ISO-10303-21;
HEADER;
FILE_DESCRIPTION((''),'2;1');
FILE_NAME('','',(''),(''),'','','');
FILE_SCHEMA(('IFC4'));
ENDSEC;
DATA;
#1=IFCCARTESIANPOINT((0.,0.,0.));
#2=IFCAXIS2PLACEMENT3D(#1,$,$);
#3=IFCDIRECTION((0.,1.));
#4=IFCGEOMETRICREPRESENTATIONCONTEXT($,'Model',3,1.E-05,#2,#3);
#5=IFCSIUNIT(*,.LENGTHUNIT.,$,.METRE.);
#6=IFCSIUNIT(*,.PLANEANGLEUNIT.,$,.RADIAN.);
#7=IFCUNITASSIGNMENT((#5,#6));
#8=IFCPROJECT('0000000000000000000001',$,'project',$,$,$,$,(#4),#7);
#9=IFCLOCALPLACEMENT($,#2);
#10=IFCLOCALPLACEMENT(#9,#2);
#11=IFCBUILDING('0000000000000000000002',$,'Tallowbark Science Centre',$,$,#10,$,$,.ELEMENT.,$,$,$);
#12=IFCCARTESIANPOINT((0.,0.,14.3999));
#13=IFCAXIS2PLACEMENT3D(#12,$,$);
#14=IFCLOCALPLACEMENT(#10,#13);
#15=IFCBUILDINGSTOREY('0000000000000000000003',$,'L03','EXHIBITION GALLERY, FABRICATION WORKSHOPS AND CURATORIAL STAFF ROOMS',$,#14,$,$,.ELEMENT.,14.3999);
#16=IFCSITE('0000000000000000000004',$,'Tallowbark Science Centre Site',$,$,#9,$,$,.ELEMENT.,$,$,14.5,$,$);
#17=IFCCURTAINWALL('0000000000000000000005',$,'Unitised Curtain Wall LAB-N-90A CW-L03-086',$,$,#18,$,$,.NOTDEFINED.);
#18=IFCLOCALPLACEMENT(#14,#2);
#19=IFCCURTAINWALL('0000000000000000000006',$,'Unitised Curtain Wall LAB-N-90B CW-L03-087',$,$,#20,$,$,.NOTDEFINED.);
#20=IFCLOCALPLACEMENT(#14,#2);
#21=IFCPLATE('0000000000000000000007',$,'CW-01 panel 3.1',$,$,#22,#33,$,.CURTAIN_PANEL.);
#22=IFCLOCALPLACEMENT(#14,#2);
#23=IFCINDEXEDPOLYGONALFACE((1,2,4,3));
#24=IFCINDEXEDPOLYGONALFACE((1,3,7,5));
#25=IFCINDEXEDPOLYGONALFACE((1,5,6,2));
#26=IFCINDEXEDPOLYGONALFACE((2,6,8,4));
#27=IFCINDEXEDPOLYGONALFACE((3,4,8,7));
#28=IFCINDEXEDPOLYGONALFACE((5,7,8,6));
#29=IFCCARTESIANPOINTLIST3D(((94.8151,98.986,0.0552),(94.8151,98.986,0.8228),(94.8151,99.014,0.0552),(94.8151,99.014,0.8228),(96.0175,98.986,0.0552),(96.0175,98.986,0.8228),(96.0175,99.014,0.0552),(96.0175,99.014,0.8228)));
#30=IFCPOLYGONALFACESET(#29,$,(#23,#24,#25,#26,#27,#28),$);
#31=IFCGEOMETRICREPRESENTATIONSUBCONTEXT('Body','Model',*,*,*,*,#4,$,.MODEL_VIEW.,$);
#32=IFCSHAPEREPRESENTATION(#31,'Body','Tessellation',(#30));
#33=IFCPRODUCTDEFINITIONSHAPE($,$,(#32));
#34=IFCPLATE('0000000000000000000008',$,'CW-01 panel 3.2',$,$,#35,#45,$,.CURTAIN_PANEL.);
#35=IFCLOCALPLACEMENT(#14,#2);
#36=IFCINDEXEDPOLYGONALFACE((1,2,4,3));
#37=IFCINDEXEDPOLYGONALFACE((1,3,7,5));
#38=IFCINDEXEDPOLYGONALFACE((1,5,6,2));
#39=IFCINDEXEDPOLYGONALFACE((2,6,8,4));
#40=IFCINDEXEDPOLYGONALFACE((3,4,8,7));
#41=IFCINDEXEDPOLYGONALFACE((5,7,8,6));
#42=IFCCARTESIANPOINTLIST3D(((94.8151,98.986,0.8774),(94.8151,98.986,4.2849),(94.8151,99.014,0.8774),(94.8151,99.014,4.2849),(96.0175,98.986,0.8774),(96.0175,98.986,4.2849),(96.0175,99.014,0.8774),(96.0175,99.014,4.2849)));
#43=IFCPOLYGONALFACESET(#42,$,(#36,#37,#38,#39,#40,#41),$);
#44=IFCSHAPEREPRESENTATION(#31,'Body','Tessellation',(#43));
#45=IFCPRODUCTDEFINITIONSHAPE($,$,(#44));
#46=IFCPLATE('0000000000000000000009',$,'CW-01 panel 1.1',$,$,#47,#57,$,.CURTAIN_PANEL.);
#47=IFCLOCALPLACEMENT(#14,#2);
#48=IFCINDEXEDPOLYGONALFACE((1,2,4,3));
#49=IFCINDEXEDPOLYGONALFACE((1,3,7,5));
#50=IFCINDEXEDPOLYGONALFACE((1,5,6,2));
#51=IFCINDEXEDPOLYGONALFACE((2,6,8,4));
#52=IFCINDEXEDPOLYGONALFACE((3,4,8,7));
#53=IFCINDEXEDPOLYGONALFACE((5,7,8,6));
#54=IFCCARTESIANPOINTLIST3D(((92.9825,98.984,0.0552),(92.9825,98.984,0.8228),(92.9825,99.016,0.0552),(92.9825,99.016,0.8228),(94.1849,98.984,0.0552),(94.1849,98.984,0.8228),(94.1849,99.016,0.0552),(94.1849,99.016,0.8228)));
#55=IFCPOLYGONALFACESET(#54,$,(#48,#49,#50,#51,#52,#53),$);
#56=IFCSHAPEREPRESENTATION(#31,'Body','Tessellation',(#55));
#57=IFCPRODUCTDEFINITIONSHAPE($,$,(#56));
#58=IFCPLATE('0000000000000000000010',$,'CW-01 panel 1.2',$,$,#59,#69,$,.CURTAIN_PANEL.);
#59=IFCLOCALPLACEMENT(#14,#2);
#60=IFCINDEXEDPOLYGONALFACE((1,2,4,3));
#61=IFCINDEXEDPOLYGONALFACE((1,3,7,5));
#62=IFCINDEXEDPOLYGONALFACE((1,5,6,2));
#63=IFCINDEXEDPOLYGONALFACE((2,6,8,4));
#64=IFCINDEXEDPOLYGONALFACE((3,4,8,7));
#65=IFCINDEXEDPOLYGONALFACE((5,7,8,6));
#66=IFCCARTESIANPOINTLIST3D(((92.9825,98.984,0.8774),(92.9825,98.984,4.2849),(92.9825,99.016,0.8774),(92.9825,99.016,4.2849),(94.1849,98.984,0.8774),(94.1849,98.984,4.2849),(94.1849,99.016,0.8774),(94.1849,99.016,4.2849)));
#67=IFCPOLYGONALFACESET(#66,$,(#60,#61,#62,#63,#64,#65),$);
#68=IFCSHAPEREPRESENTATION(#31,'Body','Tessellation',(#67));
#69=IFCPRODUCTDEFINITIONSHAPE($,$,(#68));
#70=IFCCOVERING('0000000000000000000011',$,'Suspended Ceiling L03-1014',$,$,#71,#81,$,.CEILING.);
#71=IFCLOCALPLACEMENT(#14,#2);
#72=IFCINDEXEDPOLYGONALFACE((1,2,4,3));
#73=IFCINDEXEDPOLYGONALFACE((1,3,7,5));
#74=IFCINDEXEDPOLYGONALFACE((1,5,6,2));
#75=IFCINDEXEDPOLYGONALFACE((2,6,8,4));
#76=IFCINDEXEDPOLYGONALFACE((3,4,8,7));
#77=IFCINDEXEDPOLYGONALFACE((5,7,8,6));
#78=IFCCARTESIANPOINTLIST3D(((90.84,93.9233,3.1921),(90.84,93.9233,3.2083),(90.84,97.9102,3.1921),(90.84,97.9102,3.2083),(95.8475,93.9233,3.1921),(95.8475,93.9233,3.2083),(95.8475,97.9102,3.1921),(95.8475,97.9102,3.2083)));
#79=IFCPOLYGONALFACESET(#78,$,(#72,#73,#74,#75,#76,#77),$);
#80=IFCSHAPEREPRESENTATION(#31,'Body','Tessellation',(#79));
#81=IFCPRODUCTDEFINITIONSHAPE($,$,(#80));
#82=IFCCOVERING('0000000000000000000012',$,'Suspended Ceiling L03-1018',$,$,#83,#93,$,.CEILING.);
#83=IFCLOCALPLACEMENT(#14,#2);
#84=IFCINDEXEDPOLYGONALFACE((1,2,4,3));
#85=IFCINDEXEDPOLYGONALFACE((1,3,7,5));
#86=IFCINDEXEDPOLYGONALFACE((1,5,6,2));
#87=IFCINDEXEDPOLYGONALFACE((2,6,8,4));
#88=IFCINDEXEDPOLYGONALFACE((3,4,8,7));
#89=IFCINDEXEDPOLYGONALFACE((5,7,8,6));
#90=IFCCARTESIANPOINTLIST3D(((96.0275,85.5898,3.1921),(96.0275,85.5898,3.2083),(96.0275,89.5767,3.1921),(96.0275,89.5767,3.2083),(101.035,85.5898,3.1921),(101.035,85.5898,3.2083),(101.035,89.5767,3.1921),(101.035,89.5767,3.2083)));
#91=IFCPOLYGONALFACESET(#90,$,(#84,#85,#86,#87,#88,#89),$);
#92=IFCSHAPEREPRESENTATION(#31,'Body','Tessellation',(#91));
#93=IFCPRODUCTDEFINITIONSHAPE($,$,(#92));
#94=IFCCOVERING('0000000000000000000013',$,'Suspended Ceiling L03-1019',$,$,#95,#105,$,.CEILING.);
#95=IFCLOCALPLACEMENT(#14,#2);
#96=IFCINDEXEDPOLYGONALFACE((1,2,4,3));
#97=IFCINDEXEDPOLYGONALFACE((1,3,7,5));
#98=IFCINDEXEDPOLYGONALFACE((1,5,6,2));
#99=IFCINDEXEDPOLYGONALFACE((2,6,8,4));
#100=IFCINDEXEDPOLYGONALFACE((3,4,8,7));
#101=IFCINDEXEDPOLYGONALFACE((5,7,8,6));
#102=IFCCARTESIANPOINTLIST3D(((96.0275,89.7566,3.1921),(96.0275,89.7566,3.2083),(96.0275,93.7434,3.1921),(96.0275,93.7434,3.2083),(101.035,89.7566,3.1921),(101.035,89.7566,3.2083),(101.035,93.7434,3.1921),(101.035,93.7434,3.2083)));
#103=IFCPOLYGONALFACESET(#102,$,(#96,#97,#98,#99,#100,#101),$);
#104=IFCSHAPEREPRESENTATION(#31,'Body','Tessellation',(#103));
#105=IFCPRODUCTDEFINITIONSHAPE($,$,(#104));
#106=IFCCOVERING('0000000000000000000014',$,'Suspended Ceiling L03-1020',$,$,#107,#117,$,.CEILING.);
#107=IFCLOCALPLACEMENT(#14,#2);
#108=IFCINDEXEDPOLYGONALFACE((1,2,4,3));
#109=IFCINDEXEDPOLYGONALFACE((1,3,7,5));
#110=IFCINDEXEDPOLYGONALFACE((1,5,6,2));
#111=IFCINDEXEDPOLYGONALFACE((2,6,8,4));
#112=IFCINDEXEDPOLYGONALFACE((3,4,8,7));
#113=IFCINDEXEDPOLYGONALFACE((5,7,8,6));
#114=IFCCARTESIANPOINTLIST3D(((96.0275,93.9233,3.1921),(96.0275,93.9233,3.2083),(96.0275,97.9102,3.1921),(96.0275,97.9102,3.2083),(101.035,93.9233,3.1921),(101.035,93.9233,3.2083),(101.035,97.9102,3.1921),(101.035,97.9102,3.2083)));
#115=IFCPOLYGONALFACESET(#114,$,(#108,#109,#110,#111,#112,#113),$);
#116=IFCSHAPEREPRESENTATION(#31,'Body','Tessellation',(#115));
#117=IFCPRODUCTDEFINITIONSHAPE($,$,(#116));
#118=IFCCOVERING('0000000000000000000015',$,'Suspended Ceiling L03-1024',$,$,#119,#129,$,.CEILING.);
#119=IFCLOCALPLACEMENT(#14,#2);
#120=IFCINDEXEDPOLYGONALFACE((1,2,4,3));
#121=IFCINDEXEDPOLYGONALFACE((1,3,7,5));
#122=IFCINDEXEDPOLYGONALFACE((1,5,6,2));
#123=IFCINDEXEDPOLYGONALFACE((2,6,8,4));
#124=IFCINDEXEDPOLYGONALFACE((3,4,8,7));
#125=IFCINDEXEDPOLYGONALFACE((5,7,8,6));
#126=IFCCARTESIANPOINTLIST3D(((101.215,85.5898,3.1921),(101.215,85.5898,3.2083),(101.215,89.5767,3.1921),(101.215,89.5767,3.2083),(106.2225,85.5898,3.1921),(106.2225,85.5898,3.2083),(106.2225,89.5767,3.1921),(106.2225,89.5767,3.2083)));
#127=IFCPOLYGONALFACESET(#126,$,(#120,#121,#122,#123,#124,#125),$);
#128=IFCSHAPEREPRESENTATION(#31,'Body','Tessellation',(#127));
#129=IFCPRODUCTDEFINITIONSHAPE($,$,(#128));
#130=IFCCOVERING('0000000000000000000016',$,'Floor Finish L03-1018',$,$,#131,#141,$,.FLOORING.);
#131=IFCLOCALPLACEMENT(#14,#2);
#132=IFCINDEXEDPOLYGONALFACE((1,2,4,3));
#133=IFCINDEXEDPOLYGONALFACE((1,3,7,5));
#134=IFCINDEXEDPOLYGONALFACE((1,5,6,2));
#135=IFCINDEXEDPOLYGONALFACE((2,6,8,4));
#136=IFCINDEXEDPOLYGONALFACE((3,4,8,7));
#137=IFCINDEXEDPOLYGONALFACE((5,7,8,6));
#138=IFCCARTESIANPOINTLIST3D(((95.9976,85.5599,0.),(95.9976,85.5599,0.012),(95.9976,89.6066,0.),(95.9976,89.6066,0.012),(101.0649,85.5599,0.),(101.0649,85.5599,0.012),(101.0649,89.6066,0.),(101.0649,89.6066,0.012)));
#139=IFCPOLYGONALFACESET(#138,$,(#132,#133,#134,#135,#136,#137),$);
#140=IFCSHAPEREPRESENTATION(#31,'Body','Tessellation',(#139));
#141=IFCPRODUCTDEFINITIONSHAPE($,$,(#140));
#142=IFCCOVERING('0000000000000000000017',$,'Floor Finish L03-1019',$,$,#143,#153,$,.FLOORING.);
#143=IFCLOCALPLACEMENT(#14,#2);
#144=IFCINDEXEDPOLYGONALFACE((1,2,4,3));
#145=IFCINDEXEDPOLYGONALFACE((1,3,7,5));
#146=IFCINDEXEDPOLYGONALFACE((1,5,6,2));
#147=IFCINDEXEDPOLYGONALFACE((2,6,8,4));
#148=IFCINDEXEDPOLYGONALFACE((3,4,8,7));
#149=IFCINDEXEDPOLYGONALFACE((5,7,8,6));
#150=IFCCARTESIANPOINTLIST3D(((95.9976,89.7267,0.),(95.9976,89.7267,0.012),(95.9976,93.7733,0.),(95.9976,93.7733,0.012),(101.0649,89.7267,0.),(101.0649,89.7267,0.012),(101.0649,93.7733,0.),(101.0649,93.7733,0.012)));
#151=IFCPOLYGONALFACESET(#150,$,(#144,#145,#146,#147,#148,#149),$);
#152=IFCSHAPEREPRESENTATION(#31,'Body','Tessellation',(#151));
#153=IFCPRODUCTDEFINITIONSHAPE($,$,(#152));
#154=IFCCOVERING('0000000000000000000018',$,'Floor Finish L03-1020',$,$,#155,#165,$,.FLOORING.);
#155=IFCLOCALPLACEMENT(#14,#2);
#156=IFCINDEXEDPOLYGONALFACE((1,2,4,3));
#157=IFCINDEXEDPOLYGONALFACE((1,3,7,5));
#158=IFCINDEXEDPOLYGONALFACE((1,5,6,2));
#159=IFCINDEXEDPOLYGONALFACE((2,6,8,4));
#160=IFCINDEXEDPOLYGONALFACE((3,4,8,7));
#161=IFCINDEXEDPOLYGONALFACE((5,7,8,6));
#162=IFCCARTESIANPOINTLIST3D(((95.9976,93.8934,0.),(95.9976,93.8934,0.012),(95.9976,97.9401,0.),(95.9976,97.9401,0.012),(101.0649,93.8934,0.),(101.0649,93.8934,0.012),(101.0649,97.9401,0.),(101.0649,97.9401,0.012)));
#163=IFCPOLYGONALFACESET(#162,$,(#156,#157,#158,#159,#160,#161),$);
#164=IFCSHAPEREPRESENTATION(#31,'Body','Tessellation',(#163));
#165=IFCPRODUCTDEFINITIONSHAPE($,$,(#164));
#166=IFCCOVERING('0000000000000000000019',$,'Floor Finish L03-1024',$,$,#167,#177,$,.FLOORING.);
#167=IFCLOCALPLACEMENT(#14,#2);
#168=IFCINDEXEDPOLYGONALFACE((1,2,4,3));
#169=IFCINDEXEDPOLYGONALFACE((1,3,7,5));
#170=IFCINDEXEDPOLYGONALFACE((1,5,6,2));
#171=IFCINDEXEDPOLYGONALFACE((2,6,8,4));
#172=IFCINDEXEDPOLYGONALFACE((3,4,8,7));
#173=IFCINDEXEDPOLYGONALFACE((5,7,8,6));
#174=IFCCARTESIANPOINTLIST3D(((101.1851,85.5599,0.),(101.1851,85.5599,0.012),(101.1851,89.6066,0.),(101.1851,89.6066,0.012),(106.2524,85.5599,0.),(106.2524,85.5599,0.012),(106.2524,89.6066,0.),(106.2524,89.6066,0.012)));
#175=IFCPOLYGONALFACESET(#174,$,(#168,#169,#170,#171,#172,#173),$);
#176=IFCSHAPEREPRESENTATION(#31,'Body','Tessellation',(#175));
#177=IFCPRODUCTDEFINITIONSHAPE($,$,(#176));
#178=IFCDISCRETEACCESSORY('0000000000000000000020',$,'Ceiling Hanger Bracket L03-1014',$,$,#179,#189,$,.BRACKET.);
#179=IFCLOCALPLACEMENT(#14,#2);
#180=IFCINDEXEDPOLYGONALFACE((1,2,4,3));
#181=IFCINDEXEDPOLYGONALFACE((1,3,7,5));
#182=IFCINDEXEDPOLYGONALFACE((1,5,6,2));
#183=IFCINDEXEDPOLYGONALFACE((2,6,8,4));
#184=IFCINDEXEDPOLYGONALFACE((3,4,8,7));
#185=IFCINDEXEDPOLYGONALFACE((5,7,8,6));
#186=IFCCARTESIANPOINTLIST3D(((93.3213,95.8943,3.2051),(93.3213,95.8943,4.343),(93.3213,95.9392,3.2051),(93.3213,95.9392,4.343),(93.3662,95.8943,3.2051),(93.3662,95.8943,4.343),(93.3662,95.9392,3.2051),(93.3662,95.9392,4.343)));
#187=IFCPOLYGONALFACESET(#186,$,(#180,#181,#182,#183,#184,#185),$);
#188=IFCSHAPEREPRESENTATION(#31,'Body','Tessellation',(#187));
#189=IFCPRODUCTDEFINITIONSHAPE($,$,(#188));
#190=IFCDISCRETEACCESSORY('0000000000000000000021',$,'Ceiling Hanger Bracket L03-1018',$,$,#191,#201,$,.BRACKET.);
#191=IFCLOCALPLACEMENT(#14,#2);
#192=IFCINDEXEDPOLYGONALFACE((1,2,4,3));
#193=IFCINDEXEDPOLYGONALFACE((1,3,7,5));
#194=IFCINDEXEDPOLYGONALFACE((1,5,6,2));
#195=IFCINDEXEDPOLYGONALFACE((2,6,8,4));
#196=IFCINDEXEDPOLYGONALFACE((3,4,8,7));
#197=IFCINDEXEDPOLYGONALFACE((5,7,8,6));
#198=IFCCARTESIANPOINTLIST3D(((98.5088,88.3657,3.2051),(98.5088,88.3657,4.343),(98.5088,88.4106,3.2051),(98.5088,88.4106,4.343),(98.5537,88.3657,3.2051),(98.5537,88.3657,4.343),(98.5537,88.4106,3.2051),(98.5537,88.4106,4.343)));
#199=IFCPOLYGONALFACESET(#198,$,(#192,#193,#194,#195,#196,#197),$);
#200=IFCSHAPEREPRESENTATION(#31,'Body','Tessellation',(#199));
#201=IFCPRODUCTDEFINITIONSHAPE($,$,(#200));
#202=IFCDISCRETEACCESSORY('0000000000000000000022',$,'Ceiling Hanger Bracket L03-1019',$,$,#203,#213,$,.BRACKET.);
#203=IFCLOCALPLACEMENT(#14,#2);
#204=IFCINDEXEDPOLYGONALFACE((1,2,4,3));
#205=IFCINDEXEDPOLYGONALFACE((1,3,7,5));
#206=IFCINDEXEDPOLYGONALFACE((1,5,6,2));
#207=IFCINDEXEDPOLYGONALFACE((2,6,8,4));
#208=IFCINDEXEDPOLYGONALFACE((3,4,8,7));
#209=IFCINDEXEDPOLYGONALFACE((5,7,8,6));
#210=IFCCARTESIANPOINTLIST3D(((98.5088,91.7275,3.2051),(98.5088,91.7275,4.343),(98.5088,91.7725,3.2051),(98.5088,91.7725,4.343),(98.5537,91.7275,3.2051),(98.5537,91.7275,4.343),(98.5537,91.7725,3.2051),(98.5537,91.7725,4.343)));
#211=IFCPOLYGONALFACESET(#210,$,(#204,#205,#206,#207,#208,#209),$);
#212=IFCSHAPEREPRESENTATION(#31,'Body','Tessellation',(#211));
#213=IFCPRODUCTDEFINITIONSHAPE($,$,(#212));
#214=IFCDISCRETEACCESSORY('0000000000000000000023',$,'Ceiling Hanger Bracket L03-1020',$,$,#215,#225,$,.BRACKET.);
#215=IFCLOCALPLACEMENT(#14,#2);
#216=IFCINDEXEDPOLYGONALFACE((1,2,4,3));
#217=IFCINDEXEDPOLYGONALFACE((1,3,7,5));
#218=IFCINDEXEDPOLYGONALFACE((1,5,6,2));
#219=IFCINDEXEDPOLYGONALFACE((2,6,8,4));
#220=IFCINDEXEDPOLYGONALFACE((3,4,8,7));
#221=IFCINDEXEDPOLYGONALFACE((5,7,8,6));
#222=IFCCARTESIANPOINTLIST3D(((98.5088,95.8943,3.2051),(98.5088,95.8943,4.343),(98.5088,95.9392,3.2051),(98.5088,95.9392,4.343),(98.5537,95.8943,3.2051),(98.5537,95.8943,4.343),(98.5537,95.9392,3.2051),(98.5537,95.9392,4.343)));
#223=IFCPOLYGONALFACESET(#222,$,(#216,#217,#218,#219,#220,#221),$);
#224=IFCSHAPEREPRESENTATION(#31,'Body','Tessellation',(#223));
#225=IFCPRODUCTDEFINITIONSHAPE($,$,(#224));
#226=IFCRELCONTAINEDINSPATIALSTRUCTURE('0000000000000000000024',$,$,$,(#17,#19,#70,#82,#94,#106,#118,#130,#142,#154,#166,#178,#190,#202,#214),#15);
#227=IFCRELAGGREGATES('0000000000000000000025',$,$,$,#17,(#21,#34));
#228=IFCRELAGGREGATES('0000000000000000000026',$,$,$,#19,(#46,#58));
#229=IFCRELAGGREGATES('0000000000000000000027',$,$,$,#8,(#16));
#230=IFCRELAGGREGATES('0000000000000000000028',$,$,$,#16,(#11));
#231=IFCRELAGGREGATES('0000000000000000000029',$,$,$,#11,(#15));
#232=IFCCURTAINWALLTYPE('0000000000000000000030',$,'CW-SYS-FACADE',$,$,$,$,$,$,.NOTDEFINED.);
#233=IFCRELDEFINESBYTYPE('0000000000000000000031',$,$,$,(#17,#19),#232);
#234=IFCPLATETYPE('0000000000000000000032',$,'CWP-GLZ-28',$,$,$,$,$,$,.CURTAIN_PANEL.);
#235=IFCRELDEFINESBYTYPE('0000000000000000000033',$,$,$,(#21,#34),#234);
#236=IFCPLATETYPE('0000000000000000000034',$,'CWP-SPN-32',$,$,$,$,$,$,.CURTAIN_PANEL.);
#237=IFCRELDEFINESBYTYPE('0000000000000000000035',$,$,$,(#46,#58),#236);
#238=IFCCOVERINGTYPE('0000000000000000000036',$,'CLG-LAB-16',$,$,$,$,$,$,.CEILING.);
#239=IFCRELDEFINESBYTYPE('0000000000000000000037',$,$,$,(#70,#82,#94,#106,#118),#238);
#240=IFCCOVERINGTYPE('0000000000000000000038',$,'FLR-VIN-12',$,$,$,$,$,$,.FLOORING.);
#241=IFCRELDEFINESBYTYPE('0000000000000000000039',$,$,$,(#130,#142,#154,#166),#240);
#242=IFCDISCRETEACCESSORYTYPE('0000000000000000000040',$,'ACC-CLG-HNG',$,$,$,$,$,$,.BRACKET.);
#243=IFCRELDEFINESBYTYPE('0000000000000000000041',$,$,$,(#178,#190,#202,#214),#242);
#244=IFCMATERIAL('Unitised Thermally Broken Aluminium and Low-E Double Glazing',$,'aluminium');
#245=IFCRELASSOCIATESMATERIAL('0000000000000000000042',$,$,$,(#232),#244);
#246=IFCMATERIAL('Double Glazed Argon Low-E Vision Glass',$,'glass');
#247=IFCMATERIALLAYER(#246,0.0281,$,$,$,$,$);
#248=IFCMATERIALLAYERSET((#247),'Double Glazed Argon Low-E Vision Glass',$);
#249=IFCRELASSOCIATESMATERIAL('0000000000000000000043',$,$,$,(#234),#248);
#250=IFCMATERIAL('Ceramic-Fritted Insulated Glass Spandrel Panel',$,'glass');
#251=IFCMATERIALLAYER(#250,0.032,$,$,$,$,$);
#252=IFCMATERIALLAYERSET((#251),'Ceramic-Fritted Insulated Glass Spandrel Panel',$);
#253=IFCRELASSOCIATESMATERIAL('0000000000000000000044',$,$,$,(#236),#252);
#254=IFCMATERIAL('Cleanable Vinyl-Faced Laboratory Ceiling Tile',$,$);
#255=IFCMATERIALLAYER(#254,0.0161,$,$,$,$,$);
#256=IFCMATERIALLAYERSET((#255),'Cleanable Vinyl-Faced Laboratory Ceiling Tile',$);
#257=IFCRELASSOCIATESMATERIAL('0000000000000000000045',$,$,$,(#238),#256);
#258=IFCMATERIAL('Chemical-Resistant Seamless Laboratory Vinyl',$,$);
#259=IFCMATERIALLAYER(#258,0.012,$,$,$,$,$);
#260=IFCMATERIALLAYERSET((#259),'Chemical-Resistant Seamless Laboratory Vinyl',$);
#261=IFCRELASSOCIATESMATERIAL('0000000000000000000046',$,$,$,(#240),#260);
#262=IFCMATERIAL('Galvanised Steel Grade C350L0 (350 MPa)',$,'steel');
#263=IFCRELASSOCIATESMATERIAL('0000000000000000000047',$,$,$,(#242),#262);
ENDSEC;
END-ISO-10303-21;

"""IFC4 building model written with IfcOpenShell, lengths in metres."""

from ifc_helpers import new_model, si_unit, direction, frame, origin, origin_2d, place, context, subcontext, project, spatial, rectangle, extrude, material, layer, layer_set, type_object, element, aggregate, save


model = new_model("IFC4")

# Units and contexts
model_context = context("Model", 3, precision=1e-05, world=origin(), true_north=direction((0.0, 1.0)))
body_context = subcontext(model_context, "Body", "Model", "MODEL_VIEW")
ifc_project = project(units=[si_unit("LENGTHUNIT", "METRE"), si_unit("PLANEANGLEUNIT", "RADIAN")], contexts=[model_context])

# Site, building, storey
site_placement = place(None, origin())
site = spatial("IfcSite", under=ifc_project, at=site_placement, Name="Tallowbark Science Centre Site", CompositionType="ELEMENT", RefElevation=14.5)
building_placement = place(site_placement, origin())
building = spatial("IfcBuilding", under=site, at=building_placement, Name="Tallowbark Science Centre", CompositionType="ELEMENT")
storey_placement = place(building_placement, frame((0.0, 0.0, 14.3999)))
storey = spatial("IfcBuildingStorey", under=building, at=storey_placement, Name="L03", Description="EXHIBITION GALLERY, FABRICATION WORKSHOPS AND CURATORIAL STAFF ROOMS", CompositionType="ELEMENT", Elevation=14.3999)

# Curtain wall
ifc_material_1 = material(Name="Unitised Thermally Broken Aluminium and Low-E Double Glazing", Category="aluminium")
curtain_wall_type = type_object("IfcCurtainWallType", Name="CW-SYS-FACADE", PredefinedType="NOTDEFINED", material=ifc_material_1)
curtain_wall_1_placement = place(storey_placement, origin())
curtain_wall_1 = element("IfcCurtainWall", 1, at=curtain_wall_1_placement, inside=storey, type_object=curtain_wall_type, Name="Unitised Curtain Wall LAB-N-90A CW-L03-086", PredefinedType="NOTDEFINED")

# Curtain wall
curtain_wall_2_placement = place(storey_placement, origin())
curtain_wall_2 = element("IfcCurtainWall", 2, at=curtain_wall_2_placement, inside=storey, type_object=curtain_wall_type, Name="Unitised Curtain Wall LAB-N-90B CW-L03-087", PredefinedType="NOTDEFINED")

# Plates
ifc_material_2 = material(Name="Double Glazed Argon Low-E Vision Glass", Category="glass")
ifc_layer_1 = layer(ifc_material_2, 0.0281)
ifc_layer_set_1 = layer_set([ifc_layer_1], Name="Double Glazed Argon Low-E Vision Glass")
plate_type_1 = type_object("IfcPlateType", Name="CWP-GLZ-28", PredefinedType="CURTAIN_PANEL", material=ifc_layer_set_1)
plate_1_placement = place(storey_placement, frame((95.4163, 99.0, 0.0552), z_axis=(0.0, 0.0, 1.0), x_axis=(-1.0, 0.0, 0.0)))
plate_1 = element("IfcPlate", 3, at=plate_1_placement, type_object=plate_type_1, Name="CW-01 panel 3.1", PredefinedType="CURTAIN_PANEL", context=body_context, shape_type="SweptSolid", body=[
    extrude(rectangle(XDim=1.2024, YDim=0.0281, at=origin_2d()), origin(), (0.0, 0.0, 1.0), 0.7676),
])
plate_2_placement = place(storey_placement, frame((95.4163, 99.0, 0.8774), z_axis=(0.0, 0.0, 1.0), x_axis=(-1.0, 0.0, 0.0)))
plate_2 = element("IfcPlate", 4, at=plate_2_placement, type_object=plate_type_1, Name="CW-01 panel 3.2", PredefinedType="CURTAIN_PANEL", context=body_context, shape_type="SweptSolid", body=[
    extrude(rectangle(XDim=1.2024, YDim=0.0281, at=origin_2d()), origin(), (0.0, 0.0, 1.0), 3.4075),
])
aggregate(curtain_wall_1, [plate_1, plate_2])
ifc_material_3 = material(Name="Ceramic-Fritted Insulated Glass Spandrel Panel", Category="glass")
ifc_layer_2 = layer(ifc_material_3, 0.032)
ifc_layer_set_2 = layer_set([ifc_layer_2], Name="Ceramic-Fritted Insulated Glass Spandrel Panel")
plate_type_2 = type_object("IfcPlateType", Name="CWP-SPN-32", PredefinedType="CURTAIN_PANEL", material=ifc_layer_set_2)
plate_3_placement = place(storey_placement, frame((93.5837, 99.0, 0.0552), z_axis=(0.0, 0.0, 1.0), x_axis=(-1.0, 0.0, 0.0)))
plate_3 = element("IfcPlate", 5, at=plate_3_placement, type_object=plate_type_2, Name="CW-01 panel 1.1", PredefinedType="CURTAIN_PANEL", context=body_context, shape_type="SweptSolid", body=[
    extrude(rectangle(XDim=1.2024, YDim=0.032, at=origin_2d()), origin(), (0.0, 0.0, 1.0), 0.7676),
])
plate_4_placement = place(storey_placement, frame((93.5837, 99.0, 0.8774), z_axis=(0.0, 0.0, 1.0), x_axis=(-1.0, 0.0, 0.0)))
plate_4 = element("IfcPlate", 6, at=plate_4_placement, type_object=plate_type_2, Name="CW-01 panel 1.2", PredefinedType="CURTAIN_PANEL", context=body_context, shape_type="SweptSolid", body=[
    extrude(rectangle(XDim=1.2024, YDim=0.032, at=origin_2d()), origin(), (0.0, 0.0, 1.0), 3.4075),
])
aggregate(curtain_wall_2, [plate_3, plate_4])

# Coverings
ifc_material_4 = material(Name="Cleanable Vinyl-Faced Laboratory Ceiling Tile")
ifc_layer_3 = layer(ifc_material_4, 0.0161)
ifc_layer_set_3 = layer_set([ifc_layer_3], Name="Cleanable Vinyl-Faced Laboratory Ceiling Tile")
covering_type_1 = type_object("IfcCoveringType", Name="CLG-LAB-16", PredefinedType="CEILING", material=ifc_layer_set_3)
for number, where, z_axis, x_axis, name in (
    (7, (93.3438, 95.9167, 3.1921), (0.0, 0.0, 1.0), (1.0, 0.0, 0.0), "Suspended Ceiling L03-1014"),
    (8, (98.5312, 87.5833, 3.1921), (0.0, 0.0, 1.0), (1.0, 0.0, 0.0), "Suspended Ceiling L03-1018"),
    (9, (98.5312, 91.75, 3.1921), (0.0, 0.0, 1.0), (1.0, 0.0, 0.0), "Suspended Ceiling L03-1019"),
    (10, (98.5312, 95.9167, 3.1921), (0.0, 0.0, 1.0), (1.0, 0.0, 0.0), "Suspended Ceiling L03-1020"),
    (11, (103.7188, 87.5833, 3.1921), (0.0, 0.0, 1.0), (1.0, 0.0, 0.0), "Suspended Ceiling L03-1024"),
):
    element("IfcCovering", number, at=place(storey_placement, frame(where, z_axis=z_axis, x_axis=x_axis)), inside=storey, type_object=covering_type_1, Name=name, PredefinedType="CEILING", context=body_context, shape_type="SweptSolid", body=[
        extrude(rectangle(XDim=5.0076, YDim=3.9868, at=origin_2d()), origin(), (0.0, 0.0, 1.0), 0.0161),
    ])
ifc_material_5 = material(Name="Chemical-Resistant Seamless Laboratory Vinyl")
ifc_layer_4 = layer(ifc_material_5, 0.012)
ifc_layer_set_4 = layer_set([ifc_layer_4], Name="Chemical-Resistant Seamless Laboratory Vinyl")
covering_type_2 = type_object("IfcCoveringType", Name="FLR-VIN-12", PredefinedType="FLOORING", material=ifc_layer_set_4)
for number, where, z_axis, x_axis, name in (
    (12, (98.5312, 87.5833, 0.0), (0.0, 0.0, 1.0), (1.0, 0.0, 0.0), "Floor Finish L03-1018"),
    (13, (98.5312, 91.75, 0.0), (0.0, 0.0, 1.0), (1.0, 0.0, 0.0), "Floor Finish L03-1019"),
    (14, (98.5312, 95.9167, 0.0), (0.0, 0.0, 1.0), (1.0, 0.0, 0.0), "Floor Finish L03-1020"),
    (15, (103.7188, 87.5833, 0.0), (0.0, 0.0, 1.0), (1.0, 0.0, 0.0), "Floor Finish L03-1024"),
):
    element("IfcCovering", number, at=place(storey_placement, frame(where, z_axis=z_axis, x_axis=x_axis)), inside=storey, type_object=covering_type_2, Name=name, PredefinedType="FLOORING", context=body_context, shape_type="SweptSolid", body=[
        extrude(rectangle(XDim=5.0674, YDim=4.0466, at=origin_2d()), origin(), (0.0, 0.0, 1.0), 0.012),
    ])

# Discrete accessories
ifc_material_6 = material(Name="Galvanised Steel Grade C350L0 (350 MPa)", Category="steel")
discrete_accessory_type = type_object("IfcDiscreteAccessoryType", Name="ACC-CLG-HNG", PredefinedType="BRACKET", material=ifc_material_6)
for number, where, z_axis, x_axis, name in (
    (16, (93.3438, 95.9167, 3.2051), (0.0, 0.0, 1.0), (1.0, 0.0, 0.0), "Ceiling Hanger Bracket L03-1014"),
    (17, (98.5312, 88.3882, 3.2051), (0.0, 0.0, 1.0), (1.0, 0.0, 0.0), "Ceiling Hanger Bracket L03-1018"),
    (18, (98.5312, 91.75, 3.2051), (0.0, 0.0, 1.0), (1.0, 0.0, 0.0), "Ceiling Hanger Bracket L03-1019"),
    (19, (98.5312, 95.9167, 3.2051), (0.0, 0.0, 1.0), (1.0, 0.0, 0.0), "Ceiling Hanger Bracket L03-1020"),
):
    element("IfcDiscreteAccessory", number, at=place(storey_placement, frame(where, z_axis=z_axis, x_axis=x_axis)), inside=storey, type_object=discrete_accessory_type, Name=name, PredefinedType="BRACKET", context=body_context, shape_type="SweptSolid", body=[
        extrude(rectangle(XDim=0.0449, YDim=0.0449, at=origin_2d()), origin(), (0.0, 0.0, 1.0), 1.1379),
    ])

save(model, "model.ifc")
